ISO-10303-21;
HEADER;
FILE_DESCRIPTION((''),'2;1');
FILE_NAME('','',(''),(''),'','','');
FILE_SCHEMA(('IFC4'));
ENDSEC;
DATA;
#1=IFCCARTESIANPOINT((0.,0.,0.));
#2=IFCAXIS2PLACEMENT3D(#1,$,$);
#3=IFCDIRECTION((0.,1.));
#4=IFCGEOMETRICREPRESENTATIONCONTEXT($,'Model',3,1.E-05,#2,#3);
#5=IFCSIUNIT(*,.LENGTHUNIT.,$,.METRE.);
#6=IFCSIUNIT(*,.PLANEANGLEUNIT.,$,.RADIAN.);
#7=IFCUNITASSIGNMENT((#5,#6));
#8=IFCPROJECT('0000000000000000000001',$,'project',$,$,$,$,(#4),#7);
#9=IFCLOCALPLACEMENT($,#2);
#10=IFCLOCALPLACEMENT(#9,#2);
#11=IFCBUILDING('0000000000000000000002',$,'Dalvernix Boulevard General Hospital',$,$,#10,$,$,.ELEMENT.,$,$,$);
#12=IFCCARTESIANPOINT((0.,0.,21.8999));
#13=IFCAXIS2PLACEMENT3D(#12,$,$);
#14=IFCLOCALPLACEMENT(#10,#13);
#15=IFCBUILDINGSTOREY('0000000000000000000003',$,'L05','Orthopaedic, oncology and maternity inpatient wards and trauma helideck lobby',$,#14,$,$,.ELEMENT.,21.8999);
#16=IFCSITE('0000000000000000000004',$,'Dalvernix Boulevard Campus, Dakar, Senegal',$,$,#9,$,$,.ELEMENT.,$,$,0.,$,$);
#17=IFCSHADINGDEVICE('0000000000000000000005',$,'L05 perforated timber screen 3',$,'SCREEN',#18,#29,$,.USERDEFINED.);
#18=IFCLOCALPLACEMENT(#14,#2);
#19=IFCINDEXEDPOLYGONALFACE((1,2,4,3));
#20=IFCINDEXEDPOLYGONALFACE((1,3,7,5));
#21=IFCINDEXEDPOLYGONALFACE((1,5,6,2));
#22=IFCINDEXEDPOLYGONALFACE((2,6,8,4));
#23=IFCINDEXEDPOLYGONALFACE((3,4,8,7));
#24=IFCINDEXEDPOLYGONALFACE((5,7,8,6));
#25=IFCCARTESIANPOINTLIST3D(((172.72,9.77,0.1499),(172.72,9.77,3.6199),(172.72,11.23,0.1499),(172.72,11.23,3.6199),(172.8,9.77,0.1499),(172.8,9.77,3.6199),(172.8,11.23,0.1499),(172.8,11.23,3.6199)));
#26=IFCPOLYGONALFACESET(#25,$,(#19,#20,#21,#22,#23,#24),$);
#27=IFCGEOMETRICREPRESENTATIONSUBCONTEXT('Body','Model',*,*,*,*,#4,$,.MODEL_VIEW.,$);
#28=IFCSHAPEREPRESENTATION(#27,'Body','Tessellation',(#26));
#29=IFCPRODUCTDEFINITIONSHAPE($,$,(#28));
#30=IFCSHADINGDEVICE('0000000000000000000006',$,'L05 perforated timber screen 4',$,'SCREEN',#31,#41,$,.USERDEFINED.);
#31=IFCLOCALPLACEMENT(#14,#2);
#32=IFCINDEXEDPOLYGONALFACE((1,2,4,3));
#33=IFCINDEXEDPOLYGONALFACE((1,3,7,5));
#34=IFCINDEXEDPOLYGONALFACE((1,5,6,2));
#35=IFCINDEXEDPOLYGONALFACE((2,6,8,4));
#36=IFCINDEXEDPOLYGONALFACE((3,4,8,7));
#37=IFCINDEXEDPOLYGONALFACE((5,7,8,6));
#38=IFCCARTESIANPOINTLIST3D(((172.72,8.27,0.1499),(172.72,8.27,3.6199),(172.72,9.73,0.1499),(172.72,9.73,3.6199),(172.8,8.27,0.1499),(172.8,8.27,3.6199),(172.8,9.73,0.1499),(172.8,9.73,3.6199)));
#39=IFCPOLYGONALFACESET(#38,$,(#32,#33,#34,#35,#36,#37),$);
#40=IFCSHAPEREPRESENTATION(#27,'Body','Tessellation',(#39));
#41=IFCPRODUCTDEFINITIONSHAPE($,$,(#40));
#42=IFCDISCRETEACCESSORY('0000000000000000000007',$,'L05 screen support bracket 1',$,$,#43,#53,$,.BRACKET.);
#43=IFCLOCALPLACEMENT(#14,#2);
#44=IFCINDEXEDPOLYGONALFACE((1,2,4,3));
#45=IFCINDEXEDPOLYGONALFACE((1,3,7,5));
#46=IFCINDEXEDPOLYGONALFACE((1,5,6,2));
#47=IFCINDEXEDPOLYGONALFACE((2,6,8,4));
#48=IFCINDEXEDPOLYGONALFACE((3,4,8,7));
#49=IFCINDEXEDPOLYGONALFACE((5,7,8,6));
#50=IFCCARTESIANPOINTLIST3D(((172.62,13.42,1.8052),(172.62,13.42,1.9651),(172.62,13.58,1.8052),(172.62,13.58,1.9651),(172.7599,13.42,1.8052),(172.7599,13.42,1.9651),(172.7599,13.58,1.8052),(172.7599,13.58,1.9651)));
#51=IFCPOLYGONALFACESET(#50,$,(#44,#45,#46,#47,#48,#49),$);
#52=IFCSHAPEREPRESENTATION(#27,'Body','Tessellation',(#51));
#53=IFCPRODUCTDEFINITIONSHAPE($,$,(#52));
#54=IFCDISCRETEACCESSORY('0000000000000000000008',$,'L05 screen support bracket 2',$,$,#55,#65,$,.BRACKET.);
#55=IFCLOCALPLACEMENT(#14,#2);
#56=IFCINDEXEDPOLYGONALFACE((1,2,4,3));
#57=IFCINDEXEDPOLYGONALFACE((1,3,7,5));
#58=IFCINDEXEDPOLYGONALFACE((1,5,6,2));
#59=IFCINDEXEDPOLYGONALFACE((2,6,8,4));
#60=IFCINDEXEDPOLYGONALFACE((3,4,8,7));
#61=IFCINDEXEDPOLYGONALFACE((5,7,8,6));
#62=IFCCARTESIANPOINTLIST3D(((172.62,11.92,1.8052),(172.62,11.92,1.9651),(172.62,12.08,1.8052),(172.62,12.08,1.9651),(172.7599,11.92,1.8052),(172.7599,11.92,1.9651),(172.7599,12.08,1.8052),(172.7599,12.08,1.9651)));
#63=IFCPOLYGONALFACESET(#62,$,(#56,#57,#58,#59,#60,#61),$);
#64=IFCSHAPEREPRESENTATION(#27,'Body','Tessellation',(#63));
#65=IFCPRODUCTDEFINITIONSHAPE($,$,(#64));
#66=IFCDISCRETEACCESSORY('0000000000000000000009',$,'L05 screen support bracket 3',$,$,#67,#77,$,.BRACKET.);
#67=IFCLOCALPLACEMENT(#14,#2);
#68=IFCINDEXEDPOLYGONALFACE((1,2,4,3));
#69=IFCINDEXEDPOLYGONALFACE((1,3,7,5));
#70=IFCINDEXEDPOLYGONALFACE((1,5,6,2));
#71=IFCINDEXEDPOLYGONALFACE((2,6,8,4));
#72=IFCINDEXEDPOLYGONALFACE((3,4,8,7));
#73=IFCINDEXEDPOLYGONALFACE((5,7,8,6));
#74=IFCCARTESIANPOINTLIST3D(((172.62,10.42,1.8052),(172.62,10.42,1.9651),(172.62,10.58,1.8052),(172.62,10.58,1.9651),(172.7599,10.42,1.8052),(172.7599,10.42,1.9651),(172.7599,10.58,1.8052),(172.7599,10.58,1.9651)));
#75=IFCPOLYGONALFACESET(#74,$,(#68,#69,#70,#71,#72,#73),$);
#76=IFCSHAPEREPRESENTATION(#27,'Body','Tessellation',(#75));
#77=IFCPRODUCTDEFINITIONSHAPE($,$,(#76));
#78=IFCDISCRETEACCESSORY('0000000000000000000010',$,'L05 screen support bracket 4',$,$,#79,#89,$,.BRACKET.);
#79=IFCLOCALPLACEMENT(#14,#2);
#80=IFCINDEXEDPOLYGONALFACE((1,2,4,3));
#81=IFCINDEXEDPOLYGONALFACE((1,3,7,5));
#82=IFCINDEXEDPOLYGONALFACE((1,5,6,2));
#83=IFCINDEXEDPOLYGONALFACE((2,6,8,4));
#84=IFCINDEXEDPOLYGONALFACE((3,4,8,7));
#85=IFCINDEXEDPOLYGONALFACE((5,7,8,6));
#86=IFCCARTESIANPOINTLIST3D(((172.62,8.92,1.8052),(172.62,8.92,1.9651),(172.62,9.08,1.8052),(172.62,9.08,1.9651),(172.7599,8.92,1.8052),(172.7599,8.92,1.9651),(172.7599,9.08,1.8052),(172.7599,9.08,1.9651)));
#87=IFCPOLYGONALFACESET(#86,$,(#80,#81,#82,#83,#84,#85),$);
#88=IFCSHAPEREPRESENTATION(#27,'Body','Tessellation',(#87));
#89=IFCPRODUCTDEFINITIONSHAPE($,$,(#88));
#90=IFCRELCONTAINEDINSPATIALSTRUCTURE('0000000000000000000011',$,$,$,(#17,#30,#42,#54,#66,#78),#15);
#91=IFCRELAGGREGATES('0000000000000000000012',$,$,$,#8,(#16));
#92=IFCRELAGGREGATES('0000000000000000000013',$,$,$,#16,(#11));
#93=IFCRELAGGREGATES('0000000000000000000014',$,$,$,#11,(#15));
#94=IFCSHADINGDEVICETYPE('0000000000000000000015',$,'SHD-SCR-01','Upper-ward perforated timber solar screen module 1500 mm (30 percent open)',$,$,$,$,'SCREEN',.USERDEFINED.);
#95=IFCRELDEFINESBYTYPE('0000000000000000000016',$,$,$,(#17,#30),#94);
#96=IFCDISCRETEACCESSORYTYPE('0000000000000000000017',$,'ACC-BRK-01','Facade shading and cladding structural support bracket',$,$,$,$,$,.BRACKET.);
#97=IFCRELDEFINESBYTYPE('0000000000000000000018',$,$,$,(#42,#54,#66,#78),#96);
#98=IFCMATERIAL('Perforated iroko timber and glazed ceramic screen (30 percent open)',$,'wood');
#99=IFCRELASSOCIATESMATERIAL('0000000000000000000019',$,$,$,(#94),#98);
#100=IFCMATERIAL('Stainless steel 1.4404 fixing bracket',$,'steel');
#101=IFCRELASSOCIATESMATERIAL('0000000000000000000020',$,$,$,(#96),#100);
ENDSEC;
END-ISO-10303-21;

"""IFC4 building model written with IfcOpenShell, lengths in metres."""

from ifc_helpers import new_model, si_unit, direction, frame, origin, origin_2d, place, context, subcontext, project, spatial, rectangle, extrude, material, type_object, element, save


model = new_model("IFC4")

# Units and contexts
model_context = context("Model", 3, precision=1e-05, world=origin(), true_north=direction((0.0, 1.0)))
body_context = subcontext(model_context, "Body", "Model", "MODEL_VIEW")
ifc_project = project(units=[si_unit("LENGTHUNIT", "METRE"), si_unit("PLANEANGLEUNIT", "RADIAN")], contexts=[model_context])

# Site, building, storey
site_placement = place(None, origin())
site = spatial("IfcSite", under=ifc_project, at=site_placement, Name="Dalvernix Boulevard Campus, Dakar, Senegal", CompositionType="ELEMENT", RefElevation=0.0)
building_placement = place(site_placement, origin())
building = spatial("IfcBuilding", under=site, at=building_placement, Name="Dalvernix Boulevard General Hospital", CompositionType="ELEMENT")
storey_placement = place(building_placement, frame((0.0, 0.0, 21.8999)))
storey = spatial("IfcBuildingStorey", under=building, at=storey_placement, Name="L05", Description="Orthopaedic, oncology and maternity inpatient wards and trauma helideck lobby", CompositionType="ELEMENT", Elevation=21.8999)

# Shading devices
ifc_material_1 = material(Name="Perforated iroko timber and glazed ceramic screen (30 percent open)", Category="wood")
shading_device_type = type_object("IfcShadingDeviceType", Name="SHD-SCR-01", Description="Upper-ward perforated timber solar screen module 1500 mm (30 percent open)", ElementType="SCREEN", PredefinedType="USERDEFINED", material=ifc_material_1)
for number, where, z_axis, x_axis, name in (
    (1, (172.76, 10.5, 0.1499), (0.0, 0.0, 1.0), (0.0, -1.0, 0.0), "L05 perforated timber screen 3"),
    (2, (172.76, 9.0, 0.1499), (0.0, 0.0, 1.0), (0.0, -1.0, 0.0), "L05 perforated timber screen 4"),
):
    element("IfcShadingDevice", number, at=place(storey_placement, frame(where, z_axis=z_axis, x_axis=x_axis)), inside=storey, type_object=shading_device_type, Name=name, ObjectType="SCREEN", PredefinedType="USERDEFINED", context=body_context, shape_type="SweptSolid", body=[
        extrude(rectangle(XDim=1.46, YDim=0.0801, at=origin_2d()), origin(), (0.0, 0.0, 1.0), 3.47),
    ])

# Discrete accessories
ifc_material_2 = material(Name="Stainless steel 1.4404 fixing bracket", Category="steel")
discrete_accessory_type = type_object("IfcDiscreteAccessoryType", Name="ACC-BRK-01", Description="Facade shading and cladding structural support bracket", PredefinedType="BRACKET", material=ifc_material_2)
for number, where, z_axis, x_axis, name in (
    (3, (172.6899, 13.5, 1.8052), (0.0, 0.0, 1.0), (0.0, -1.0, 0.0), "L05 screen support bracket 1"),
    (4, (172.6899, 12.0, 1.8052), (0.0, 0.0, 1.0), (0.0, -1.0, 0.0), "L05 screen support bracket 2"),
    (5, (172.6899, 10.5, 1.8052), (0.0, 0.0, 1.0), (0.0, -1.0, 0.0), "L05 screen support bracket 3"),
    (6, (172.6899, 9.0, 1.8052), (0.0, 0.0, 1.0), (0.0, -1.0, 0.0), "L05 screen support bracket 4"),
):
    element("IfcDiscreteAccessory", number, at=place(storey_placement, frame(where, z_axis=z_axis, x_axis=x_axis)), inside=storey, type_object=discrete_accessory_type, Name=name, PredefinedType="BRACKET", context=body_context, shape_type="SweptSolid", body=[
        extrude(rectangle(XDim=0.1599, YDim=0.1399, at=origin_2d()), origin(), (0.0, 0.0, 1.0), 0.1599),
    ])

save(model, "model.ifc")
